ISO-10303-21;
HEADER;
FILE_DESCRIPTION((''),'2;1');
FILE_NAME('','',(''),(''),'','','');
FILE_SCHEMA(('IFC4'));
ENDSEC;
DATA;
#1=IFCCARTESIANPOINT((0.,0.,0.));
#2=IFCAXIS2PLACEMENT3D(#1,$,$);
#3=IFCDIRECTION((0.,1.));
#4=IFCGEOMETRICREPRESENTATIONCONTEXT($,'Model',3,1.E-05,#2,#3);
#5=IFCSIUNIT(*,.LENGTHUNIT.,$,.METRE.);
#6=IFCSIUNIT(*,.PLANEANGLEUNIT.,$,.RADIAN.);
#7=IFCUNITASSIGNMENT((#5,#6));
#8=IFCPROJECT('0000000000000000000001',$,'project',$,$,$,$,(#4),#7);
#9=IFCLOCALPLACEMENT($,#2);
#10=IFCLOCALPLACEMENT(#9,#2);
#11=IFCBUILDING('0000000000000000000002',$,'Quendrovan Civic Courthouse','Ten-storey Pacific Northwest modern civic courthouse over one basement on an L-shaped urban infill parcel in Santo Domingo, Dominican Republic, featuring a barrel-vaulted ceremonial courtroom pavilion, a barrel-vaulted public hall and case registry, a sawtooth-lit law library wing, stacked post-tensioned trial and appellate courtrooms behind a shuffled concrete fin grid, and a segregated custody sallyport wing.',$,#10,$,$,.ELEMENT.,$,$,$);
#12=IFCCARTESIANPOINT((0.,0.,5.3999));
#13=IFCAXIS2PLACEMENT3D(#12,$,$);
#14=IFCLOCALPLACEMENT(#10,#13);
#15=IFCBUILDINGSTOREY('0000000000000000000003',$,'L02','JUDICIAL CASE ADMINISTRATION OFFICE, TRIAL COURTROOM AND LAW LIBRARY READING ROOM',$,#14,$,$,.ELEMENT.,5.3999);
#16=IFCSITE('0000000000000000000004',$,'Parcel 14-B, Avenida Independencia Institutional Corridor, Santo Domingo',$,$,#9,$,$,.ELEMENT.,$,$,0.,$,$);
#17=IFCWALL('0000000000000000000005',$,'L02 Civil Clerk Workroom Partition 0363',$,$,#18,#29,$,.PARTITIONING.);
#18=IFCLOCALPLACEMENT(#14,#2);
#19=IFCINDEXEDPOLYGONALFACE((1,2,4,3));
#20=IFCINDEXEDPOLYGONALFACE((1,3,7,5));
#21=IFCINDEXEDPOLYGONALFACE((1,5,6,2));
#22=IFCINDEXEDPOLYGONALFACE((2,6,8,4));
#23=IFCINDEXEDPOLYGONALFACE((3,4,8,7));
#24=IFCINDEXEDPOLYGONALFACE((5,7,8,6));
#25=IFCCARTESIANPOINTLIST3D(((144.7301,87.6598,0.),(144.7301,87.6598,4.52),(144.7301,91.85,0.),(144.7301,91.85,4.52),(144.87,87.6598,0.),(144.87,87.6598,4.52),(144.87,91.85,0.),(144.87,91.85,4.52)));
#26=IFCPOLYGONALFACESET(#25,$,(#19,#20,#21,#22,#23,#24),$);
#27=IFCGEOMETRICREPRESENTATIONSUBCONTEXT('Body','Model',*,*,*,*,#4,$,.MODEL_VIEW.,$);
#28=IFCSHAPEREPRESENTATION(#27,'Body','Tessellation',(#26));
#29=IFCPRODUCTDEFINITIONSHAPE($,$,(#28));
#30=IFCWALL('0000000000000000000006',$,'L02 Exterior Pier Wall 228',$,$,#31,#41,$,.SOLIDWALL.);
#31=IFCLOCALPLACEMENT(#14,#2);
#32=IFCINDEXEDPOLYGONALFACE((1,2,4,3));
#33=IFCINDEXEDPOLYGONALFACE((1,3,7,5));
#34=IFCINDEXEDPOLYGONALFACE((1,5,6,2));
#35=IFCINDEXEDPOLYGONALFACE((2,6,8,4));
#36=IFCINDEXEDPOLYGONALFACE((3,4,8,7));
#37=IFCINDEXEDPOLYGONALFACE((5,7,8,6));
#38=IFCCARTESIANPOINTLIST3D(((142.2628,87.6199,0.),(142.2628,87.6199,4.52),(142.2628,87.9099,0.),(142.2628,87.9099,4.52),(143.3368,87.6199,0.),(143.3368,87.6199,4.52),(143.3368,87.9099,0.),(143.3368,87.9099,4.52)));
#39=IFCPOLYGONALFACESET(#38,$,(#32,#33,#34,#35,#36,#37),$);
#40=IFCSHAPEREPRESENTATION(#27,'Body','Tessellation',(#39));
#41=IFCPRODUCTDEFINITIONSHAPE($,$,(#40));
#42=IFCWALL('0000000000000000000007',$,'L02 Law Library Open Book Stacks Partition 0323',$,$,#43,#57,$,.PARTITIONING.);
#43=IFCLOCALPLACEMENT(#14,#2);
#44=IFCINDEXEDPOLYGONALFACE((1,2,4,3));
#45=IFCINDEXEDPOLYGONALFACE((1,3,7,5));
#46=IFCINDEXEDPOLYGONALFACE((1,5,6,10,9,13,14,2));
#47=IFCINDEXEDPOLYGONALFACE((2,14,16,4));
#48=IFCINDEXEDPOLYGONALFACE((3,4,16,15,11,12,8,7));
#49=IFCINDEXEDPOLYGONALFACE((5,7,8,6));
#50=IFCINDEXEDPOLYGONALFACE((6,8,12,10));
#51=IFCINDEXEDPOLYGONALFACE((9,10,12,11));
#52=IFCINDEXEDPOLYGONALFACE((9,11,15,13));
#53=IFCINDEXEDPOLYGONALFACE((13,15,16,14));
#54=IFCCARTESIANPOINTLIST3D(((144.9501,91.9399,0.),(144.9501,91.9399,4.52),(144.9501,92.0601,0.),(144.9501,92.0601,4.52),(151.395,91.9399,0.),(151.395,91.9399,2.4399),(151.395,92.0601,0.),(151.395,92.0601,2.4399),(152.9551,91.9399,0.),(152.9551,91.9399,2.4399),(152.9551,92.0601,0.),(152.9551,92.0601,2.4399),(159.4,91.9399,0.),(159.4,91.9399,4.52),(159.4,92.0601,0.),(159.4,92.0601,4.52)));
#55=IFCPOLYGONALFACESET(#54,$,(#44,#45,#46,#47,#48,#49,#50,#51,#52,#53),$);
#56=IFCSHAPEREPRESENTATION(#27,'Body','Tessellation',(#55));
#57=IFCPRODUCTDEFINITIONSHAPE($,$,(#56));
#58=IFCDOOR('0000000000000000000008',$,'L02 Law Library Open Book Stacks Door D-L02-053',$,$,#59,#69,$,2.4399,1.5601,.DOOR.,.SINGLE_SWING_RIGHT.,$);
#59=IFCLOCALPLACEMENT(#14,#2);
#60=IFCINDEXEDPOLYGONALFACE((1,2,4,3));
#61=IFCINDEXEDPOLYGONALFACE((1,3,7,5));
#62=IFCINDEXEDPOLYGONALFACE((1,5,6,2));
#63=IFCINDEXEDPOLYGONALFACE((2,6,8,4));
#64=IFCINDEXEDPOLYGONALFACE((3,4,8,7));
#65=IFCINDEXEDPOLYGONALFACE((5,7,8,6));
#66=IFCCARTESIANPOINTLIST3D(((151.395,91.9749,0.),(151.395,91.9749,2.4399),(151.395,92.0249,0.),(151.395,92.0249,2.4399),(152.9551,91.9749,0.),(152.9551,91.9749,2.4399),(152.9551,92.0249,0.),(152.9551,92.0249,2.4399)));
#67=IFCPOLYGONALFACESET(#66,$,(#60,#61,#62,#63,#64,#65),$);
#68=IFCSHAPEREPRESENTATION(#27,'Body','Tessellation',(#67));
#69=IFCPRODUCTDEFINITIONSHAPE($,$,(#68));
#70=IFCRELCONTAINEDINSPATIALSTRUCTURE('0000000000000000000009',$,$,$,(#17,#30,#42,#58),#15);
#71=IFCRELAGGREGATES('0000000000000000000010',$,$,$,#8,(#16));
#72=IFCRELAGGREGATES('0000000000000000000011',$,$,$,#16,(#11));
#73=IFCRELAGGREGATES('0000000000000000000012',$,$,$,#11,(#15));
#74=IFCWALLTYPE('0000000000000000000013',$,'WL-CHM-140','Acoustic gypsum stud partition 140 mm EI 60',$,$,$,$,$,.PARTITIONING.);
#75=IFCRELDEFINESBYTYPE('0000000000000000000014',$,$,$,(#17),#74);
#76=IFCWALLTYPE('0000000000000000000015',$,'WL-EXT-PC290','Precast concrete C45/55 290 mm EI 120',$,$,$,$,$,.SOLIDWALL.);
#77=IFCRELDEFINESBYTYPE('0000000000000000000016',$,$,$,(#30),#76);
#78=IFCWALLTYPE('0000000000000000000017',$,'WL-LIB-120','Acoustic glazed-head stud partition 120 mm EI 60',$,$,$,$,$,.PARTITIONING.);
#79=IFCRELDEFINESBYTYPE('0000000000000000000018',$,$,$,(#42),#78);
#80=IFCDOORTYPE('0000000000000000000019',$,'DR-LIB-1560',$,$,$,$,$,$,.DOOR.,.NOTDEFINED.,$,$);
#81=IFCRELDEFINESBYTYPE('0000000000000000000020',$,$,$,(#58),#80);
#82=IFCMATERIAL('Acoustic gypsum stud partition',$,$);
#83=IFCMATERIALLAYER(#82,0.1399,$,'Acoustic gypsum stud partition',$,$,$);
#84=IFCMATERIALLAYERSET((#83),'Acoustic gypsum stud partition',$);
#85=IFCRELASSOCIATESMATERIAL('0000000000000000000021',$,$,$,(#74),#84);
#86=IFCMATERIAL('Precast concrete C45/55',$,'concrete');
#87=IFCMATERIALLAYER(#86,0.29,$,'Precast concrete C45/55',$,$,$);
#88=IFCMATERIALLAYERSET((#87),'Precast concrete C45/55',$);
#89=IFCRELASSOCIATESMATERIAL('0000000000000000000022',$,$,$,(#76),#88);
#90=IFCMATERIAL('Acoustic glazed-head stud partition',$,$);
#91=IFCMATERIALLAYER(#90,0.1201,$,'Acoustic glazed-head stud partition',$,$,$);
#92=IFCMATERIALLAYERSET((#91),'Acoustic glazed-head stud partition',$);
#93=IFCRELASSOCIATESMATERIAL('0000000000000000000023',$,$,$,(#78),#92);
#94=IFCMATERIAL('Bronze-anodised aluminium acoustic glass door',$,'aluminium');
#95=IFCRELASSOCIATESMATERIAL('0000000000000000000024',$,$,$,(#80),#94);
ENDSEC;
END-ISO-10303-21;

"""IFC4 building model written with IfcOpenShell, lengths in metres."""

from ifc_helpers import new_model, si_unit, direction, frame, frame_2d, origin, place, context, subcontext, project, spatial, rectangle, extrude, material, layer, layer_set, type_object, element, fill, save


model = new_model("IFC4")

# Units and contexts
model_context = context("Model", 3, precision=1e-05, world=origin(), true_north=direction((0.0, 1.0)))
body_context = subcontext(model_context, "Body", "Model", "MODEL_VIEW")
ifc_project = project(units=[si_unit("LENGTHUNIT", "METRE"), si_unit("PLANEANGLEUNIT", "RADIAN")], contexts=[model_context])

# Site, building, storey
site_placement = place(None, origin())
site = spatial("IfcSite", under=ifc_project, at=site_placement, Name="Parcel 14-B, Avenida Independencia Institutional Corridor, Santo Domingo", CompositionType="ELEMENT", RefElevation=0.0)
building_placement = place(site_placement, origin())
building = spatial("IfcBuilding", under=site, at=building_placement, Name="Quendrovan Civic Courthouse", Description="Ten-storey Pacific Northwest modern civic courthouse over one basement on an L-shaped urban infill parcel in Santo Domingo, Dominican Republic, featuring a barrel-vaulted ceremonial courtroom pavilion, a barrel-vaulted public hall and case registry, a sawtooth-lit law library wing, stacked post-tensioned trial and appellate courtrooms behind a shuffled concrete fin grid, and a segregated custody sallyport wing.", CompositionType="ELEMENT")
storey_placement = place(building_placement, frame((0.0, 0.0, 5.3999)))
storey = spatial("IfcBuildingStorey", under=building, at=storey_placement, Name="L02", Description="JUDICIAL CASE ADMINISTRATION OFFICE, TRIAL COURTROOM AND LAW LIBRARY READING ROOM", CompositionType="ELEMENT", Elevation=5.3999)

# Walls
ifc_material_1 = material(Name="Acoustic gypsum stud partition")
ifc_layer_1 = layer(ifc_material_1, 0.1399, Name="Acoustic gypsum stud partition")
ifc_layer_set_1 = layer_set([ifc_layer_1], Name="Acoustic gypsum stud partition")
wall_type_1 = type_object("IfcWallType", Name="WL-CHM-140", Description="Acoustic gypsum stud partition 140 mm EI 60", PredefinedType="PARTITIONING", material=ifc_layer_set_1)
wall_1_placement = place(storey_placement, frame((144.8, 91.8501, 0.0), z_axis=(0.0, 0.0, 1.0), x_axis=(0.0, -1.0, 0.0)))
element("IfcWall", 1, at=wall_1_placement, inside=storey, type_object=wall_type_1, Name="L02 Civil Clerk Workroom Partition 0363", PredefinedType="PARTITIONING", context=body_context, shape_type="SweptSolid", body=[
    extrude(rectangle(XDim=4.1902, YDim=0.1399, at=frame_2d((2.0952, 0.0))), origin(), (0.0, 0.0, 1.0), 4.52),
])
ifc_material_2 = material(Name="Precast concrete C45/55", Category="concrete")
ifc_layer_2 = layer(ifc_material_2, 0.29, Name="Precast concrete C45/55")
ifc_layer_set_2 = layer_set([ifc_layer_2], Name="Precast concrete C45/55")
wall_type_2 = type_object("IfcWallType", Name="WL-EXT-PC290", Description="Precast concrete C45/55 290 mm EI 120", PredefinedType="SOLIDWALL", material=ifc_layer_set_2)
wall_2_placement = place(storey_placement, frame((143.3369, 87.7649, 0.0), z_axis=(0.0, 0.0, 1.0), x_axis=(-1.0, 0.0, 0.0)))
element("IfcWall", 2, at=wall_2_placement, inside=storey, type_object=wall_type_2, Name="L02 Exterior Pier Wall 228", PredefinedType="SOLIDWALL", context=body_context, shape_type="SweptSolid", body=[
    extrude(rectangle(XDim=1.074, YDim=0.29, at=frame_2d((0.5371, 0.0))), origin(), (0.0, 0.0, 1.0), 4.52),
])

# Wall, opening, door
ifc_material_3 = material(Name="Acoustic glazed-head stud partition")
ifc_layer_3 = layer(ifc_material_3, 0.1201, Name="Acoustic glazed-head stud partition")
ifc_layer_set_3 = layer_set([ifc_layer_3], Name="Acoustic glazed-head stud partition")
wall_type_3 = type_object("IfcWallType", Name="WL-LIB-120", Description="Acoustic glazed-head stud partition 120 mm EI 60", PredefinedType="PARTITIONING", material=ifc_layer_set_3)
wall_3_placement = place(storey_placement, frame((144.95, 92.0, 0.0), z_axis=(0.0, 0.0, 1.0), x_axis=(1.0, 0.0, 0.0)))
wall_3 = element("IfcWall", 3, at=wall_3_placement, inside=storey, type_object=wall_type_3, Name="L02 Law Library Open Book Stacks Partition 0323", PredefinedType="PARTITIONING", context=body_context, shape_type="SweptSolid", body=[
    extrude(rectangle(XDim=14.45, YDim=0.1201, at=frame_2d((7.2251, 0.0))), origin(), (0.0, 0.0, 1.0), 4.52),
])
opening_placement = place(wall_3_placement, frame((6.4451, 0.0, 0.0)))
opening = element("IfcOpeningElement", 4, at=opening_placement, cuts=wall_3, PredefinedType="OPENING", context=body_context, shape_type="SweptSolid", body=[
    extrude(rectangle(XDim=1.5601, YDim=2.4399, at=frame_2d((0.78, 1.22))), frame((0.0, 0.0701, 0.0), z_axis=(0.0, -1.0, 0.0), x_axis=(1.0, 0.0, 0.0)), (0.0, 0.0, 1.0), 0.1401),
])
ifc_material_4 = material(Name="Bronze-anodised aluminium acoustic glass door", Category="aluminium")
door_type = type_object("IfcDoorType", Name="DR-LIB-1560", OperationType="NOTDEFINED", PredefinedType="DOOR", material=ifc_material_4)
door_placement = place(opening_placement, origin())
door = element("IfcDoor", 5, at=door_placement, inside=storey, type_object=door_type, Name="L02 Law Library Open Book Stacks Door D-L02-053", OperationType="SINGLE_SWING_RIGHT", OverallHeight=2.4399, OverallWidth=1.5601, PredefinedType="DOOR", context=body_context, shape_type="SweptSolid", body=[
    extrude(rectangle(XDim=1.5601, YDim=2.4399, at=frame_2d((0.78, 1.22))), frame((0.0, 0.0249, 0.0), z_axis=(0.0, -1.0, 0.0), x_axis=(1.0, 0.0, 0.0)), (0.0, 0.0, 1.0), 0.05),
])
fill(opening, door)

save(model, "model.ifc")
